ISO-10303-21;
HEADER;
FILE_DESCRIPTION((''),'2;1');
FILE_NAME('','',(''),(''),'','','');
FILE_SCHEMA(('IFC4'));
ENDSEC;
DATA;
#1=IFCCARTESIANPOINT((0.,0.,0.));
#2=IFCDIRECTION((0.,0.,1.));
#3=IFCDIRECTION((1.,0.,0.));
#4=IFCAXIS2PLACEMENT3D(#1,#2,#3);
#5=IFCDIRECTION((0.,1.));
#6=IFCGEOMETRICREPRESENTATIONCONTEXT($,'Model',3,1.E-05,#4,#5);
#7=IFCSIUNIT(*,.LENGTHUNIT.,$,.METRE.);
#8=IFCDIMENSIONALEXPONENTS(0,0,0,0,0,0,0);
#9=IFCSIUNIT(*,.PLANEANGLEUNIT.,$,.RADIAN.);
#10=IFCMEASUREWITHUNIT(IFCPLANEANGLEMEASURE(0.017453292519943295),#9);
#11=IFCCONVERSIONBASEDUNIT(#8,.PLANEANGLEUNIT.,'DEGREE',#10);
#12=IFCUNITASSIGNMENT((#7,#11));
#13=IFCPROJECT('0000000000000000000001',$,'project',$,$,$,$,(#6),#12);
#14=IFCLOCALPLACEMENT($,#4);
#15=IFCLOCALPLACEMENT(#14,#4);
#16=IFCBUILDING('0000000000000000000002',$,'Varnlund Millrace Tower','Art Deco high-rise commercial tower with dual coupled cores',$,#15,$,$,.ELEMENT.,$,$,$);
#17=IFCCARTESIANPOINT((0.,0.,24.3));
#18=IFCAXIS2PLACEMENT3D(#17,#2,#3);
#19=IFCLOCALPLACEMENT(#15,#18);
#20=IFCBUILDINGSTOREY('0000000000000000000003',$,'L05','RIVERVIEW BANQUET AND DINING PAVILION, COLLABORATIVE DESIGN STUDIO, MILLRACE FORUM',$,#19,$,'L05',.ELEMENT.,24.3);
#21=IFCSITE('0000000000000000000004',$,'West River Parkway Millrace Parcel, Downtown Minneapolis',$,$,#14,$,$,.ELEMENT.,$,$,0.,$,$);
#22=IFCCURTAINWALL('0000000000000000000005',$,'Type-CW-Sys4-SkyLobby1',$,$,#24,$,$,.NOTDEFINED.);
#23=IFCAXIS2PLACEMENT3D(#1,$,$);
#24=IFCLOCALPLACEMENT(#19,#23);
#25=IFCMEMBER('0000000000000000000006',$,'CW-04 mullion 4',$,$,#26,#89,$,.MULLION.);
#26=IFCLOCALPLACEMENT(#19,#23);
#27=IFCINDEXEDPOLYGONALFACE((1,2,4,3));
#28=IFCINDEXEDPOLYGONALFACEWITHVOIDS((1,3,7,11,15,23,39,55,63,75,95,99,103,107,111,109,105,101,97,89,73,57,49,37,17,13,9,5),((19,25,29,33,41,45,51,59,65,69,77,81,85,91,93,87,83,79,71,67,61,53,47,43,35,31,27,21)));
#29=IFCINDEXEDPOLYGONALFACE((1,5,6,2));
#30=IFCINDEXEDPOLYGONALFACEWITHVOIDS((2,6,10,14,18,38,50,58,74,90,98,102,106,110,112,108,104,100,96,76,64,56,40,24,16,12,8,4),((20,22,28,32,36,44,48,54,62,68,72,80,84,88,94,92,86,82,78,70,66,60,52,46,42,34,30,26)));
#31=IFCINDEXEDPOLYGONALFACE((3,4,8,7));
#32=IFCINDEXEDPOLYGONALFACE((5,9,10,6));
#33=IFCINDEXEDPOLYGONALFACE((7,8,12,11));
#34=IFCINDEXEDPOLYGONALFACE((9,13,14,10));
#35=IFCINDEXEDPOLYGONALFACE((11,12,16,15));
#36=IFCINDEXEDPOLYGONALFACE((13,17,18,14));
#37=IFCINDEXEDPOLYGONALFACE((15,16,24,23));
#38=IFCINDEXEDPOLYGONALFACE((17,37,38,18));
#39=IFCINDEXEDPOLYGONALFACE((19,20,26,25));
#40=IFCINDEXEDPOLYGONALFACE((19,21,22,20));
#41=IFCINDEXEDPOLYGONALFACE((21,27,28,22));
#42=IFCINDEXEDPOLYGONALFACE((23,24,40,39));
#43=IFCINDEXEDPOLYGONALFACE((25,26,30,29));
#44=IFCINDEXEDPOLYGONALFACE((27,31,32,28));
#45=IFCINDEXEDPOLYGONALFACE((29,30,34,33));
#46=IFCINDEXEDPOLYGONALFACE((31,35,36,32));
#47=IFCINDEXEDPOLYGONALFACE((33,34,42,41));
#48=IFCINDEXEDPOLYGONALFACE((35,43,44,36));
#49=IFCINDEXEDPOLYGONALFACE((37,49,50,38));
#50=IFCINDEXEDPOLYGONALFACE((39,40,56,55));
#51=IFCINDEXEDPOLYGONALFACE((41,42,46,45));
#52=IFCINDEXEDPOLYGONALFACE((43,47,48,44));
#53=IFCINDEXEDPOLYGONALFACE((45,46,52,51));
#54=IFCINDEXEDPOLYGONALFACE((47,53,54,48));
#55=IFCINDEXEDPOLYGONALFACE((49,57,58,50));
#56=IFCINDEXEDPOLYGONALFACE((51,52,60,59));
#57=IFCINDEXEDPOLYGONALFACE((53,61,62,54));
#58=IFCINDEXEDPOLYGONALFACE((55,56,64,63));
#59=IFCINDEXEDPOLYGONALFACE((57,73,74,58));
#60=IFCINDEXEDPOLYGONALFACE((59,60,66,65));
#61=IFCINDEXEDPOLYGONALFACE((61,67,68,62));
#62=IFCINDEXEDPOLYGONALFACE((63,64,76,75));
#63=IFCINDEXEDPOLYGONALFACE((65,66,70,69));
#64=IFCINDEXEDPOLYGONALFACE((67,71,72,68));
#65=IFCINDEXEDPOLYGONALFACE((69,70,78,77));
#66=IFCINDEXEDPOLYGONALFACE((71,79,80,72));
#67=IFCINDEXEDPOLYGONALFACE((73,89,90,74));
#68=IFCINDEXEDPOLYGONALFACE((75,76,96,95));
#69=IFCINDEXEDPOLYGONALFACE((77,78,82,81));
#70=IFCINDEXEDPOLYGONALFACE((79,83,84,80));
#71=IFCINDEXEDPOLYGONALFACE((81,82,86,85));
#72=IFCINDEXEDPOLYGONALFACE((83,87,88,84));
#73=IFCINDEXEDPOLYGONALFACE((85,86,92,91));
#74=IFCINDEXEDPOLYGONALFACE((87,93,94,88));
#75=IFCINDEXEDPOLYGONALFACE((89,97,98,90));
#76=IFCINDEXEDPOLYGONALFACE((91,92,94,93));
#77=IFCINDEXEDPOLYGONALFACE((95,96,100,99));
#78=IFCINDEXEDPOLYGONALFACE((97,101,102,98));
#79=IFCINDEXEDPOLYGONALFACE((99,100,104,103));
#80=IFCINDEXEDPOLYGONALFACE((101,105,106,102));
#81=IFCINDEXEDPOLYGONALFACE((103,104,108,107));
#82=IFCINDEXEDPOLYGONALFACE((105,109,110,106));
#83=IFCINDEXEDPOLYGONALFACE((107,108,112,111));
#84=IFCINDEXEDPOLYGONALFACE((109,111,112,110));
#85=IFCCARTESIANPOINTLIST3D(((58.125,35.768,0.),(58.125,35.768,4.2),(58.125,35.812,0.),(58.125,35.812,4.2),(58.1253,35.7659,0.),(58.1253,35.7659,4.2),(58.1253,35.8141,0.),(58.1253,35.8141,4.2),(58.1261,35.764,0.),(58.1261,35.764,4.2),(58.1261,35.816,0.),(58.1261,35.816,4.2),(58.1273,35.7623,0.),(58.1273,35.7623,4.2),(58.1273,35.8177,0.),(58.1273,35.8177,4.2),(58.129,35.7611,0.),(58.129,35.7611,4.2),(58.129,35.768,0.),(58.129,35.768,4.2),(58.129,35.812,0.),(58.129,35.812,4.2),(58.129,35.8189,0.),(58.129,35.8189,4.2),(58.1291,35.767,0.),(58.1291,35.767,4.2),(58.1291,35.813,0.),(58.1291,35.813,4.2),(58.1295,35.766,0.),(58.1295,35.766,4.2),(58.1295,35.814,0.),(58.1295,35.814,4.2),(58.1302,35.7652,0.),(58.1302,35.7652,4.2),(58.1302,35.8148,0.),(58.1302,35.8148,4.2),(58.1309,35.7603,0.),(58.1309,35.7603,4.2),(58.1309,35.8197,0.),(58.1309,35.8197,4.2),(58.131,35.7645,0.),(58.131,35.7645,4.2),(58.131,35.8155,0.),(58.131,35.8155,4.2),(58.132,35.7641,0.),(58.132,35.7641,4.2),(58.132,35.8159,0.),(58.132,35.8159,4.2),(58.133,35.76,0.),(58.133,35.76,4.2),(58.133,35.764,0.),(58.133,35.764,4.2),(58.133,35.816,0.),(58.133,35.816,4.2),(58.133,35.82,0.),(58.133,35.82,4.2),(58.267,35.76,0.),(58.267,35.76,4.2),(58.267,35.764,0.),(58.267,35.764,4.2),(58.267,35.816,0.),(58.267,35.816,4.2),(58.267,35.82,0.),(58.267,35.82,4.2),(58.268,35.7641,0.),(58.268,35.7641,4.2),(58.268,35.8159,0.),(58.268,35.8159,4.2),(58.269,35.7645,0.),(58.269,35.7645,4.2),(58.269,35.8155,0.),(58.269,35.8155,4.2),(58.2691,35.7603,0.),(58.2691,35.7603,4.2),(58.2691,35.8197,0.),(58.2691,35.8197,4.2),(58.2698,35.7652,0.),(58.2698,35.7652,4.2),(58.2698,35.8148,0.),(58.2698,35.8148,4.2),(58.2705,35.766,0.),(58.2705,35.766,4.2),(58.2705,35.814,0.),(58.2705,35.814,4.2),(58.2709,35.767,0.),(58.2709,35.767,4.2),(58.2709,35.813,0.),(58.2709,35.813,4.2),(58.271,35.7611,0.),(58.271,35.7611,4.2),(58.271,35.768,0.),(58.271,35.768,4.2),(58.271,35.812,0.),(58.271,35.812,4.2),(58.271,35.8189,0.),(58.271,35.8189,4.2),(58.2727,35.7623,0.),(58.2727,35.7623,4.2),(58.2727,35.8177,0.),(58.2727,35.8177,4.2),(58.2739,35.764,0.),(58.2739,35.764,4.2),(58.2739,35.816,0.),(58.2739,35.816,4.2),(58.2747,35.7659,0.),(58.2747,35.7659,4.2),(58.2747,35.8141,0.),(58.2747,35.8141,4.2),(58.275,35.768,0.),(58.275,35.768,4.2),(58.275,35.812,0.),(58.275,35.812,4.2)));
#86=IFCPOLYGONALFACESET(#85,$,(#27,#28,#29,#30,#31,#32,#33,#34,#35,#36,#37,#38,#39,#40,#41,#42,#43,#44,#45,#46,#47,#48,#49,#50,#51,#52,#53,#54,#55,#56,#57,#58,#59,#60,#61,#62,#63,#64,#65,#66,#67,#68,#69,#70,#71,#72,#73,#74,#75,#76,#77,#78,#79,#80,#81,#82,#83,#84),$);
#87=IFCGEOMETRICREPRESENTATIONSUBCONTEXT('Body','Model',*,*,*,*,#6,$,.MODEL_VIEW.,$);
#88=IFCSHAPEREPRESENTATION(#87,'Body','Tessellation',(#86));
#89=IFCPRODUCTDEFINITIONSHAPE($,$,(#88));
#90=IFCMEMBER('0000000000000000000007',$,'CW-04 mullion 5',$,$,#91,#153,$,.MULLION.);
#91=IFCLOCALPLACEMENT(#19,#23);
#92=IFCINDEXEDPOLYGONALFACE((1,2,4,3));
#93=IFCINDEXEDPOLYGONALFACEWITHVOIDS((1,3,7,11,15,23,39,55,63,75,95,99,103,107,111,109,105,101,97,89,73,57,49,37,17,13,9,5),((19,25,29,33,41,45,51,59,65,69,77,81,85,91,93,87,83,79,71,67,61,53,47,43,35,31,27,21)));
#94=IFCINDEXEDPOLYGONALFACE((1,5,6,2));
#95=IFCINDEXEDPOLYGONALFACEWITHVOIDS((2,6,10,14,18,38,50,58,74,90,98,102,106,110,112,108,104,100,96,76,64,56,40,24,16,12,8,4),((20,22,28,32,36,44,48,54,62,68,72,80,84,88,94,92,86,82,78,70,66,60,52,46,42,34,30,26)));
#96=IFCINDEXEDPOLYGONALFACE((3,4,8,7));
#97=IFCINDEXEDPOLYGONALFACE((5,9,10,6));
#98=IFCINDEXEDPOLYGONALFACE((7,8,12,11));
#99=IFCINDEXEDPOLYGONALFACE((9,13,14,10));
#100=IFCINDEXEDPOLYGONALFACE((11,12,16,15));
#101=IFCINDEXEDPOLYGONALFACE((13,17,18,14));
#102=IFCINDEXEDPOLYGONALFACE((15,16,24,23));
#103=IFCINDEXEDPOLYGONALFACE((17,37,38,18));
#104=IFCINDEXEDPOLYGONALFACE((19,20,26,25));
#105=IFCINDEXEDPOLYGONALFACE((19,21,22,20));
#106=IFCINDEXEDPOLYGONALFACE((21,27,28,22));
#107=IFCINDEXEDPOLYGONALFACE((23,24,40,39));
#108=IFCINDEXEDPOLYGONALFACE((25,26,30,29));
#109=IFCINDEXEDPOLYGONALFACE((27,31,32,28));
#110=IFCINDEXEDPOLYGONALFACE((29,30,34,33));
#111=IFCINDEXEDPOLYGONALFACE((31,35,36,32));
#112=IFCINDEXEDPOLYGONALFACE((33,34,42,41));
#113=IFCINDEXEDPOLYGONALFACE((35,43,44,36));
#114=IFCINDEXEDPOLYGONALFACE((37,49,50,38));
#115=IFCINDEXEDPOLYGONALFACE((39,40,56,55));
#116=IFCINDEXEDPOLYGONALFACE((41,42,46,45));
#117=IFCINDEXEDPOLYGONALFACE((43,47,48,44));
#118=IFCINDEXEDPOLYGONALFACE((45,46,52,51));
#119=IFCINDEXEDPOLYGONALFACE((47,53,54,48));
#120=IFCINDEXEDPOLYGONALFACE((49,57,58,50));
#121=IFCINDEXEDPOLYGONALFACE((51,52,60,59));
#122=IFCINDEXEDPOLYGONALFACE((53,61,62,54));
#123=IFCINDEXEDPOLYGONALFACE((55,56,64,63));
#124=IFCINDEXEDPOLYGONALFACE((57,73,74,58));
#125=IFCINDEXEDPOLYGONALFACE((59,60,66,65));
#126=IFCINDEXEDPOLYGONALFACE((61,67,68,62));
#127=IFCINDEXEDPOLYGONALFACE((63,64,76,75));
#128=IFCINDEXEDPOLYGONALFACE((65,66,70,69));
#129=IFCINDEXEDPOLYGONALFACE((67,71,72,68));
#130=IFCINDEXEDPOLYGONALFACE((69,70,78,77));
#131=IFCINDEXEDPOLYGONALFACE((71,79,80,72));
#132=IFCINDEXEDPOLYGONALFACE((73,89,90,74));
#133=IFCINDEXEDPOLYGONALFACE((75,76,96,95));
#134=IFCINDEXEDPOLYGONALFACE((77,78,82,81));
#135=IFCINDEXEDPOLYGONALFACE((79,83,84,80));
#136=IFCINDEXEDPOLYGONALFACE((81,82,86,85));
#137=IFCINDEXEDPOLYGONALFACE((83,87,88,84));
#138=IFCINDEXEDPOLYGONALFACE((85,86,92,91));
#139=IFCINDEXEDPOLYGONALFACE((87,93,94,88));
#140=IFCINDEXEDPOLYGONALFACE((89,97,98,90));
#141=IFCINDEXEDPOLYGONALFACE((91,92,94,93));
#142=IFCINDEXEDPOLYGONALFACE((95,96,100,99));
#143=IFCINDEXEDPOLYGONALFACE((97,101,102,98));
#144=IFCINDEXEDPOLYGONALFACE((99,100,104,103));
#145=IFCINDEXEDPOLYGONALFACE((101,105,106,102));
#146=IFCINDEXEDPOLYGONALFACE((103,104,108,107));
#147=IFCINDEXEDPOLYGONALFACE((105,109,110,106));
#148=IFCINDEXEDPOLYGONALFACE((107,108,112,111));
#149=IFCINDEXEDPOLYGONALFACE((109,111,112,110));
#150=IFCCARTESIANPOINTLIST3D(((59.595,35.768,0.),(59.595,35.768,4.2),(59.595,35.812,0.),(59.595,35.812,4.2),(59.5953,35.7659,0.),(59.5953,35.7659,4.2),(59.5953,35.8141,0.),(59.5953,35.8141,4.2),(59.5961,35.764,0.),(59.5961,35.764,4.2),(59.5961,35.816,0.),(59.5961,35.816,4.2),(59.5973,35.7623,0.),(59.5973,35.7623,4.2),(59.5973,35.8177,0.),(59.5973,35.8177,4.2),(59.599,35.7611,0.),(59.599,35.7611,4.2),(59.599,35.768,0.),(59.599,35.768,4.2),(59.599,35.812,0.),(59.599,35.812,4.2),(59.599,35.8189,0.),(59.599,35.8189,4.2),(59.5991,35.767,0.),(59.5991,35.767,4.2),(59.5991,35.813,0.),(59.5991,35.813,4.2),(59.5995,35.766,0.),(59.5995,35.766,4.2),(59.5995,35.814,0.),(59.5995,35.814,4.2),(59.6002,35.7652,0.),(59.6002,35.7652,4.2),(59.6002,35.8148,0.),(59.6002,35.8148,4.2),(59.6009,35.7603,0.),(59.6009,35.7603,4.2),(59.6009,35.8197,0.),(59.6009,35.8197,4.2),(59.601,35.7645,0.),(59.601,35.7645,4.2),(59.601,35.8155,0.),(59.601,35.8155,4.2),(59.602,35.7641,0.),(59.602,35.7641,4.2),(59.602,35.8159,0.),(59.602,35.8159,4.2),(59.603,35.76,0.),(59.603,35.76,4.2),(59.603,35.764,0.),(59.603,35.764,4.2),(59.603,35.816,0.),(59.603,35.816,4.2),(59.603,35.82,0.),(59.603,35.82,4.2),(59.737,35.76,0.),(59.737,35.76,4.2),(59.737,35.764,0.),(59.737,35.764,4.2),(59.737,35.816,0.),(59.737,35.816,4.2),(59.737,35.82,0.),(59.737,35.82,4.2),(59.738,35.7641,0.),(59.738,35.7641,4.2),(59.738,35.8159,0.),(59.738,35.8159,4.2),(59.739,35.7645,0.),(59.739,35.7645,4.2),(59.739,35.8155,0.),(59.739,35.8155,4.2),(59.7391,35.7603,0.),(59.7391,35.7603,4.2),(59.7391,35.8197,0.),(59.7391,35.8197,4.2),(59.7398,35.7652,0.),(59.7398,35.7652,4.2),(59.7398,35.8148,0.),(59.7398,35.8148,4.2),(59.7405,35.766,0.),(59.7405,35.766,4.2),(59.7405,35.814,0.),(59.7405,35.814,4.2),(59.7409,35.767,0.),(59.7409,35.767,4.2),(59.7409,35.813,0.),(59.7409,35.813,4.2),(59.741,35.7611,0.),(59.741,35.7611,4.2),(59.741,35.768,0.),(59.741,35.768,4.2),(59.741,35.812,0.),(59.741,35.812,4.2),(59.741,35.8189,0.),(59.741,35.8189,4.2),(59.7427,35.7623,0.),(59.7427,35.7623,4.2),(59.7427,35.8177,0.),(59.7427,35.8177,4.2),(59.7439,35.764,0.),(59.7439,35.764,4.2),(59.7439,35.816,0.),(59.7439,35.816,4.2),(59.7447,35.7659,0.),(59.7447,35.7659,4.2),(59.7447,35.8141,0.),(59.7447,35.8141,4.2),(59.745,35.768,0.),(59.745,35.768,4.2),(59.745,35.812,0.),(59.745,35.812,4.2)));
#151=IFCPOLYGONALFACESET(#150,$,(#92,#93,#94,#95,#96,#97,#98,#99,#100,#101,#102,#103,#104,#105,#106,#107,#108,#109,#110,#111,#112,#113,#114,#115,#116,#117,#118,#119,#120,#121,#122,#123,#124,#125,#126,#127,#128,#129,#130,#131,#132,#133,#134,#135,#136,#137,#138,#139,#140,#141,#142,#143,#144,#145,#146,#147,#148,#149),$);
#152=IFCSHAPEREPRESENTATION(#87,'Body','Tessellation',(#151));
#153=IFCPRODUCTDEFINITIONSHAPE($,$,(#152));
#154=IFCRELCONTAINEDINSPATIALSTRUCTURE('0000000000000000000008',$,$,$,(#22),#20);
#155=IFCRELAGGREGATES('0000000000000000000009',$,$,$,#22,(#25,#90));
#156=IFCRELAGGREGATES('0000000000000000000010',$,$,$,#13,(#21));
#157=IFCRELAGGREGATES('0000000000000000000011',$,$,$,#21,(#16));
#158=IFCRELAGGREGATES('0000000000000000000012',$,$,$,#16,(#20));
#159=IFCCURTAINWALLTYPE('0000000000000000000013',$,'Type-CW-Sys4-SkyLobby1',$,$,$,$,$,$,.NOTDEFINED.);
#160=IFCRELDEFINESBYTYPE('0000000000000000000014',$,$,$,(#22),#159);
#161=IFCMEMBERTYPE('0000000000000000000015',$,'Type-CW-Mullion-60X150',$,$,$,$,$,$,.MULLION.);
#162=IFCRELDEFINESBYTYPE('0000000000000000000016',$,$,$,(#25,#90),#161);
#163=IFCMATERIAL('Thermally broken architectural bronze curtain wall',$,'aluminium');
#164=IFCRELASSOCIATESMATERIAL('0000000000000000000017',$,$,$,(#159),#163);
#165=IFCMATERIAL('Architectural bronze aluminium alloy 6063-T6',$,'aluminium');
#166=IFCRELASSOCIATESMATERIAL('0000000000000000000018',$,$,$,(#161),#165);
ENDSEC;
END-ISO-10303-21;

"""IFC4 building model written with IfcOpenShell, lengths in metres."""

from ifc_helpers import new_model, entity, si_unit, converted_unit, direction, frame, origin_with_axes, origin_2d_with_axis, place, context, subcontext, project, spatial, hollow_rectangle, extrude, material, material_profile, profile_set, type_object, element, aggregate, save


model = new_model("IFC4")

# Units and contexts
model_context = context("Model", 3, precision=1e-05, world=origin_with_axes(), true_north=direction((0.0, 1.0)))
body_context = subcontext(model_context, "Body", "Model", "MODEL_VIEW")
ifc_project = project(units=[si_unit("LENGTHUNIT", "METRE"), converted_unit("PLANEANGLEUNIT", "DEGREE", entity("IfcPlaneAngleMeasure", 0.017453292519943295), si_unit("PLANEANGLEUNIT", "RADIAN"), dimensions=[0, 0, 0, 0, 0, 0, 0])], contexts=[model_context])

# Site, building, storey
site_placement = place(None, origin_with_axes())
site = spatial("IfcSite", under=ifc_project, at=site_placement, Name="West River Parkway Millrace Parcel, Downtown Minneapolis", CompositionType="ELEMENT", RefElevation=0.0)
building_placement = place(site_placement, origin_with_axes())
building = spatial("IfcBuilding", under=site, at=building_placement, Name="Varnlund Millrace Tower", Description="Art Deco high-rise commercial tower with dual coupled cores", CompositionType="ELEMENT")
storey_placement = place(building_placement, frame((0.0, 0.0, 24.3), z_axis=(0.0, 0.0, 1.0), x_axis=(1.0, 0.0, 0.0)))
storey = spatial("IfcBuildingStorey", under=building, at=storey_placement, Name="L05", Description="RIVERVIEW BANQUET AND DINING PAVILION, COLLABORATIVE DESIGN STUDIO, MILLRACE FORUM", LongName="L05", CompositionType="ELEMENT", Elevation=24.3)

# Curtain wall, members
ifc_material_1 = material(Name="Thermally broken architectural bronze curtain wall", Category="aluminium")
curtain_wall_type = type_object("IfcCurtainWallType", Name="Type-CW-Sys4-SkyLobby1", PredefinedType="NOTDEFINED", material=ifc_material_1)
curtain_wall_1_placement = place(storey_placement, frame((53.7, 35.79, 0.0), z_axis=(0.0, 0.0, 1.0), x_axis=(1.0, 0.0, 0.0)))
curtain_wall_1 = element("IfcCurtainWall", 1, at=curtain_wall_1_placement, inside=storey, type_object=curtain_wall_type, Name="Type-CW-Sys4-SkyLobby1", PredefinedType="NOTDEFINED")
ifc_material_2 = material(Name="Architectural bronze aluminium alloy 6063-T6", Category="aluminium")
ifc_material_profile_1 = material_profile(ifc_material_2, hollow_rectangle(XDim=0.06, YDim=0.15, WallThickness=0.004, InnerFilletRadius=0.004, OuterFilletRadius=0.008, at=origin_2d_with_axis()), Name="Architectural bronze aluminium alloy 6063-T6")
ifc_profile_set_1 = profile_set([ifc_material_profile_1], Name="Architectural bronze aluminium alloy 6063-T6")
member_type_1 = type_object("IfcMemberType", Name="Type-CW-Mullion-60X150", PredefinedType="MULLION", material=ifc_profile_set_1)
member_1_placement = place(storey_placement, frame((58.2, 35.79, 0.0), z_axis=(0.0, 0.0, 1.0), x_axis=(0.0, 1.0, 0.0)))
member_1 = element("IfcMember", 2, at=member_1_placement, type_object=member_type_1, Name="CW-04 mullion 4", PredefinedType="MULLION", context=body_context, shape_type="SweptSolid", body=[
    extrude(hollow_rectangle(XDim=0.06, YDim=0.15, WallThickness=0.004, InnerFilletRadius=0.004, OuterFilletRadius=0.008, at=origin_2d_with_axis()), origin_with_axes(), (0.0, 0.0, 1.0), 4.2),
])
member_2_placement = place(storey_placement, frame((59.67, 35.79, 0.0), z_axis=(0.0, 0.0, 1.0), x_axis=(0.0, 1.0, 0.0)))
member_2 = element("IfcMember", 3, at=member_2_placement, type_object=member_type_1, Name="CW-04 mullion 5", PredefinedType="MULLION", context=body_context, shape_type="SweptSolid", body=[
    extrude(hollow_rectangle(XDim=0.06, YDim=0.15, WallThickness=0.004, InnerFilletRadius=0.004, OuterFilletRadius=0.008, at=origin_2d_with_axis()), origin_with_axes(), (0.0, 0.0, 1.0), 4.2),
])

aggregate(curtain_wall_1, [member_1, member_2])

save(model, "model.ifc")
